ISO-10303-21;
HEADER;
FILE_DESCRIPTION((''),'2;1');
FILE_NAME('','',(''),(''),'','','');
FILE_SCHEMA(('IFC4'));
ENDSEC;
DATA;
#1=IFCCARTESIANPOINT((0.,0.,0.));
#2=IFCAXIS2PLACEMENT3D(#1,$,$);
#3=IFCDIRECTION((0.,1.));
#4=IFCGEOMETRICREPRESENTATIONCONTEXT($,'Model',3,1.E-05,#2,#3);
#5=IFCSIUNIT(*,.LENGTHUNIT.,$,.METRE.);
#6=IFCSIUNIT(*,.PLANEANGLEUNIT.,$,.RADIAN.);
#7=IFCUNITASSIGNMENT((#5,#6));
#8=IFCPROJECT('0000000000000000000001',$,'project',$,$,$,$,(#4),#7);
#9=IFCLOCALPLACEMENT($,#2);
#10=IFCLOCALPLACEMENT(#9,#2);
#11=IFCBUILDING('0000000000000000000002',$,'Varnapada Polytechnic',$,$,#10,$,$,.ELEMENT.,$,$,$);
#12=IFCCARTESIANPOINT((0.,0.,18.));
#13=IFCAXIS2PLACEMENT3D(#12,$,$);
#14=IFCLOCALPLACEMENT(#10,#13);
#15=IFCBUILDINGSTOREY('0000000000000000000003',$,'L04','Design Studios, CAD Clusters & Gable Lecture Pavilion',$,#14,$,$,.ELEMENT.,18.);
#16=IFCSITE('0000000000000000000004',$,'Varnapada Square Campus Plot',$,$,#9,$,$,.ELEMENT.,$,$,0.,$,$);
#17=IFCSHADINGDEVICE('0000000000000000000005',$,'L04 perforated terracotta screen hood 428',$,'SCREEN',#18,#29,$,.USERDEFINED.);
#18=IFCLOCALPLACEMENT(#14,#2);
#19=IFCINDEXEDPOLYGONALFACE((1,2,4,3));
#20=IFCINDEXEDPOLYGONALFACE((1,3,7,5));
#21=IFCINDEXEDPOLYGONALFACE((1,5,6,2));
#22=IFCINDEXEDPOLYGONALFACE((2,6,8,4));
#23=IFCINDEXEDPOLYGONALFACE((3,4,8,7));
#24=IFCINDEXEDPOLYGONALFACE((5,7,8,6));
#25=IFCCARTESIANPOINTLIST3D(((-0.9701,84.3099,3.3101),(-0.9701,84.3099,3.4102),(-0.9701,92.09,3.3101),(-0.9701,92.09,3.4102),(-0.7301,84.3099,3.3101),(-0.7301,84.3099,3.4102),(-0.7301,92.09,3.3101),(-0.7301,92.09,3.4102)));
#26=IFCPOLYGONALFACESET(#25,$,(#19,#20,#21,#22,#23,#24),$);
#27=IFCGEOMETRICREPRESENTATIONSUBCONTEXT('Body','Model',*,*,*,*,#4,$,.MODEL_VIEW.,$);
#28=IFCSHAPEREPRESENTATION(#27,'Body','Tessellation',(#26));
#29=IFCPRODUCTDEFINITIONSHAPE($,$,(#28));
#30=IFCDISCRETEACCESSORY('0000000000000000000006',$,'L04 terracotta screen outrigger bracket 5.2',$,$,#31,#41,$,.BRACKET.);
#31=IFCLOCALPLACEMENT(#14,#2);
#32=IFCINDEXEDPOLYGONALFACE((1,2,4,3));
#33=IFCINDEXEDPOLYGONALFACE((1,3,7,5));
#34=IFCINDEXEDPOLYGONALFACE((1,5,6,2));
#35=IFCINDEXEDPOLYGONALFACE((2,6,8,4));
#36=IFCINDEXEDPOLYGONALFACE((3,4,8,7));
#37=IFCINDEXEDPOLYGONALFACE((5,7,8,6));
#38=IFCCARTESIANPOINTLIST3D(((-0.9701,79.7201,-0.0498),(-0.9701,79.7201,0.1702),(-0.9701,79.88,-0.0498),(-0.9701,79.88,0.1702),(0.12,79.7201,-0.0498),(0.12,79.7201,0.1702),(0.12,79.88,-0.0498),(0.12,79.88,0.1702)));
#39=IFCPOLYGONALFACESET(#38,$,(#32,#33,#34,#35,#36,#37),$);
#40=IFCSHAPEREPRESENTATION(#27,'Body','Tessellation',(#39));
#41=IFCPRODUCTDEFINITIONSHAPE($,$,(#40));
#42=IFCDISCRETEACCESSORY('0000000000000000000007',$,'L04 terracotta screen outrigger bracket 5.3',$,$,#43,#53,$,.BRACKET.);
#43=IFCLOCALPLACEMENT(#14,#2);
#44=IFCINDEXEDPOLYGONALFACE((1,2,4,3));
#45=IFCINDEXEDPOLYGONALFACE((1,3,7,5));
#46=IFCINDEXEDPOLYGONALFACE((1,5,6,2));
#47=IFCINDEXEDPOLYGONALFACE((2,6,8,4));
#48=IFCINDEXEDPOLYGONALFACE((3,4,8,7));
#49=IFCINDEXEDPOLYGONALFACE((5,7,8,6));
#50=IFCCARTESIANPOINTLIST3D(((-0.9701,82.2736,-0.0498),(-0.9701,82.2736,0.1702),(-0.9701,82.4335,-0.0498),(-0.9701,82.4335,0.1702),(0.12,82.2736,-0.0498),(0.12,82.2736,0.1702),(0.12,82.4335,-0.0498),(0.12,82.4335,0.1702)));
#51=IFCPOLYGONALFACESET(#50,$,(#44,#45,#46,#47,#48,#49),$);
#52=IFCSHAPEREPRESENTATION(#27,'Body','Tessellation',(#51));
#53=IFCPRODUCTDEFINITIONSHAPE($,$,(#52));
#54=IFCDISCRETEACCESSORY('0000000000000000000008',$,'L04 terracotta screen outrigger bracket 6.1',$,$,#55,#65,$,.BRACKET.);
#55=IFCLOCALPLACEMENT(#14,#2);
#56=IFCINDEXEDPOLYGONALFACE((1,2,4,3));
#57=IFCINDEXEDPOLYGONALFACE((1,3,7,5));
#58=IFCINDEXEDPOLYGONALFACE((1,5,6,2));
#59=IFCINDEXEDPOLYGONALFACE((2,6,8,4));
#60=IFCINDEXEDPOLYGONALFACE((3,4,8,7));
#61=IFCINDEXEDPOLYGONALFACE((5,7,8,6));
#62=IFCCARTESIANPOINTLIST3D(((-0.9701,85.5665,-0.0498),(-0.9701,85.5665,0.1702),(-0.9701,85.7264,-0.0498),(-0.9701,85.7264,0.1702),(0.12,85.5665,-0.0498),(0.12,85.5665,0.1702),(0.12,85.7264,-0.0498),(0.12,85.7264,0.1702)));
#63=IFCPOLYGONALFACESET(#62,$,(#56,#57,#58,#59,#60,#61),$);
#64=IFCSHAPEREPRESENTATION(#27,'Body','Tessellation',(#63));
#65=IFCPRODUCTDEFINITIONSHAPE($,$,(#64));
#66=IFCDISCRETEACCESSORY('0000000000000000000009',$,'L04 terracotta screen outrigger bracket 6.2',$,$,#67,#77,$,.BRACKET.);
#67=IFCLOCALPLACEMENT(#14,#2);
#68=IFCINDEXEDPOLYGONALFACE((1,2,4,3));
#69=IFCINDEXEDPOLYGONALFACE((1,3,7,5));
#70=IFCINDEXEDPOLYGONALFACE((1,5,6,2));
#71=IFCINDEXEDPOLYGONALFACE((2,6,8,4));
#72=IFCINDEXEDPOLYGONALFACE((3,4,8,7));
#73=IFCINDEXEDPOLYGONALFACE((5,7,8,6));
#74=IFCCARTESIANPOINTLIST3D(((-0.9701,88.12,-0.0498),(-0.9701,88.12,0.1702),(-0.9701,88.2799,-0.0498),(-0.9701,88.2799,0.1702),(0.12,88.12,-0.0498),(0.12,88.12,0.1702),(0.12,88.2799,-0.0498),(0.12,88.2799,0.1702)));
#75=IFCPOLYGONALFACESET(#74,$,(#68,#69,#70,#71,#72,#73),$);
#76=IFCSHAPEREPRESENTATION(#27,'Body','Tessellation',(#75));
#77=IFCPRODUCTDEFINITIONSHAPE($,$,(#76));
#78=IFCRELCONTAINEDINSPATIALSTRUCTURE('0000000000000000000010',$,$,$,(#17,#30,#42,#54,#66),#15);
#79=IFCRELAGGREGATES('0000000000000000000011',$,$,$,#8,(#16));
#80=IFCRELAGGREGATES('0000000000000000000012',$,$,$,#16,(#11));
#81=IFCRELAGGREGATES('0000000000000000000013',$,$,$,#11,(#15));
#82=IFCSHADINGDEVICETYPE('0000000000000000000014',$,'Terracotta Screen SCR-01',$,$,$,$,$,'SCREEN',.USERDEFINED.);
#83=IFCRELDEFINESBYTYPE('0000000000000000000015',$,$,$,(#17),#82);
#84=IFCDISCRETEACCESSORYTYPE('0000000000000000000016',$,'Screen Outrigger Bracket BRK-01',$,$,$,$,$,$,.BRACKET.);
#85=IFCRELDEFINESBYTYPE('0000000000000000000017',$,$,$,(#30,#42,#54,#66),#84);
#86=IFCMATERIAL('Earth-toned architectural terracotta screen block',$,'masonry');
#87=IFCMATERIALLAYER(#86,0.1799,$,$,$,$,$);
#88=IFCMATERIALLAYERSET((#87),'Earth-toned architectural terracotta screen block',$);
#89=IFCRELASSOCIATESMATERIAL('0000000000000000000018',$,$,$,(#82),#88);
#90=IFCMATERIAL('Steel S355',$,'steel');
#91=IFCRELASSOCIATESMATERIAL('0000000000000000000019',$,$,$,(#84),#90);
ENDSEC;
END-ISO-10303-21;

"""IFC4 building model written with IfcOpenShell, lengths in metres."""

from ifc_helpers import new_model, si_unit, direction, frame, origin, origin_2d, place, context, subcontext, project, spatial, rectangle, extrude, material, layer, layer_set, type_object, element, save


model = new_model("IFC4")

# Units and contexts
model_context = context("Model", 3, precision=1e-05, world=origin(), true_north=direction((0.0, 1.0)))
body_context = subcontext(model_context, "Body", "Model", "MODEL_VIEW")
ifc_project = project(units=[si_unit("LENGTHUNIT", "METRE"), si_unit("PLANEANGLEUNIT", "RADIAN")], contexts=[model_context])

# Site, building, storey
site_placement = place(None, origin())
site = spatial("IfcSite", under=ifc_project, at=site_placement, Name="Varnapada Square Campus Plot", CompositionType="ELEMENT", RefElevation=0.0)
building_placement = place(site_placement, origin())
building = spatial("IfcBuilding", under=site, at=building_placement, Name="Varnapada Polytechnic", CompositionType="ELEMENT")
storey_placement = place(building_placement, frame((0.0, 0.0, 18.0)))
storey = spatial("IfcBuildingStorey", under=building, at=storey_placement, Name="L04", Description="Design Studios, CAD Clusters & Gable Lecture Pavilion", CompositionType="ELEMENT", Elevation=18.0)

# Shared definitions
ifc_material_1 = material(Name="Earth-toned architectural terracotta screen block", Category="masonry")

# Shading device
ifc_layer_1 = layer(ifc_material_1, 0.1799)
ifc_layer_set_1 = layer_set([ifc_layer_1], Name="Earth-toned architectural terracotta screen block")
shading_device_type = type_object("IfcShadingDeviceType", Name="Terracotta Screen SCR-01", ElementType="SCREEN", PredefinedType="USERDEFINED", material=ifc_layer_set_1)
for number, where, z_axis, x_axis, name in (
    (1, (-0.8501, 88.2, 3.3101), (0.0, 0.0, 1.0), (0.0, 1.0, 0.0), "L04 perforated terracotta screen hood 428"),
):
    element("IfcShadingDevice", number, at=place(storey_placement, frame(where, z_axis=z_axis, x_axis=x_axis)), inside=storey, type_object=shading_device_type, Name=name, ObjectType="SCREEN", PredefinedType="USERDEFINED", context=body_context, shape_type="SweptSolid", body=[
        extrude(rectangle(XDim=7.78, YDim=0.24, at=origin_2d()), origin(), (0.0, 0.0, 1.0), 0.1001),
    ])

# Discrete accessories
ifc_material_2 = material(Name="Steel S355", Category="steel")
discrete_accessory_type = type_object("IfcDiscreteAccessoryType", Name="Screen Outrigger Bracket BRK-01", PredefinedType="BRACKET", material=ifc_material_2)
for number, where, z_axis, x_axis, name in (
    (2, (-0.425, 79.8, -0.0498), (0.0, 0.0, 1.0), (0.0, 1.0, 0.0), "L04 terracotta screen outrigger bracket 5.2"),
    (3, (-0.425, 82.3535, -0.0498), (0.0, 0.0, 1.0), (0.0, 1.0, 0.0), "L04 terracotta screen outrigger bracket 5.3"),
    (4, (-0.425, 85.6465, -0.0498), (0.0, 0.0, 1.0), (0.0, 1.0, 0.0), "L04 terracotta screen outrigger bracket 6.1"),
    (5, (-0.425, 88.2, -0.0498), (0.0, 0.0, 1.0), (0.0, 1.0, 0.0), "L04 terracotta screen outrigger bracket 6.2"),
):
    element("IfcDiscreteAccessory", number, at=place(storey_placement, frame(where, z_axis=z_axis, x_axis=x_axis)), inside=storey, type_object=discrete_accessory_type, Name=name, PredefinedType="BRACKET", context=body_context, shape_type="SweptSolid", body=[
        extrude(rectangle(XDim=0.1599, YDim=1.0901, at=origin_2d()), origin(), (0.0, 0.0, 1.0), 0.22),
    ])

save(model, "model.ifc")
